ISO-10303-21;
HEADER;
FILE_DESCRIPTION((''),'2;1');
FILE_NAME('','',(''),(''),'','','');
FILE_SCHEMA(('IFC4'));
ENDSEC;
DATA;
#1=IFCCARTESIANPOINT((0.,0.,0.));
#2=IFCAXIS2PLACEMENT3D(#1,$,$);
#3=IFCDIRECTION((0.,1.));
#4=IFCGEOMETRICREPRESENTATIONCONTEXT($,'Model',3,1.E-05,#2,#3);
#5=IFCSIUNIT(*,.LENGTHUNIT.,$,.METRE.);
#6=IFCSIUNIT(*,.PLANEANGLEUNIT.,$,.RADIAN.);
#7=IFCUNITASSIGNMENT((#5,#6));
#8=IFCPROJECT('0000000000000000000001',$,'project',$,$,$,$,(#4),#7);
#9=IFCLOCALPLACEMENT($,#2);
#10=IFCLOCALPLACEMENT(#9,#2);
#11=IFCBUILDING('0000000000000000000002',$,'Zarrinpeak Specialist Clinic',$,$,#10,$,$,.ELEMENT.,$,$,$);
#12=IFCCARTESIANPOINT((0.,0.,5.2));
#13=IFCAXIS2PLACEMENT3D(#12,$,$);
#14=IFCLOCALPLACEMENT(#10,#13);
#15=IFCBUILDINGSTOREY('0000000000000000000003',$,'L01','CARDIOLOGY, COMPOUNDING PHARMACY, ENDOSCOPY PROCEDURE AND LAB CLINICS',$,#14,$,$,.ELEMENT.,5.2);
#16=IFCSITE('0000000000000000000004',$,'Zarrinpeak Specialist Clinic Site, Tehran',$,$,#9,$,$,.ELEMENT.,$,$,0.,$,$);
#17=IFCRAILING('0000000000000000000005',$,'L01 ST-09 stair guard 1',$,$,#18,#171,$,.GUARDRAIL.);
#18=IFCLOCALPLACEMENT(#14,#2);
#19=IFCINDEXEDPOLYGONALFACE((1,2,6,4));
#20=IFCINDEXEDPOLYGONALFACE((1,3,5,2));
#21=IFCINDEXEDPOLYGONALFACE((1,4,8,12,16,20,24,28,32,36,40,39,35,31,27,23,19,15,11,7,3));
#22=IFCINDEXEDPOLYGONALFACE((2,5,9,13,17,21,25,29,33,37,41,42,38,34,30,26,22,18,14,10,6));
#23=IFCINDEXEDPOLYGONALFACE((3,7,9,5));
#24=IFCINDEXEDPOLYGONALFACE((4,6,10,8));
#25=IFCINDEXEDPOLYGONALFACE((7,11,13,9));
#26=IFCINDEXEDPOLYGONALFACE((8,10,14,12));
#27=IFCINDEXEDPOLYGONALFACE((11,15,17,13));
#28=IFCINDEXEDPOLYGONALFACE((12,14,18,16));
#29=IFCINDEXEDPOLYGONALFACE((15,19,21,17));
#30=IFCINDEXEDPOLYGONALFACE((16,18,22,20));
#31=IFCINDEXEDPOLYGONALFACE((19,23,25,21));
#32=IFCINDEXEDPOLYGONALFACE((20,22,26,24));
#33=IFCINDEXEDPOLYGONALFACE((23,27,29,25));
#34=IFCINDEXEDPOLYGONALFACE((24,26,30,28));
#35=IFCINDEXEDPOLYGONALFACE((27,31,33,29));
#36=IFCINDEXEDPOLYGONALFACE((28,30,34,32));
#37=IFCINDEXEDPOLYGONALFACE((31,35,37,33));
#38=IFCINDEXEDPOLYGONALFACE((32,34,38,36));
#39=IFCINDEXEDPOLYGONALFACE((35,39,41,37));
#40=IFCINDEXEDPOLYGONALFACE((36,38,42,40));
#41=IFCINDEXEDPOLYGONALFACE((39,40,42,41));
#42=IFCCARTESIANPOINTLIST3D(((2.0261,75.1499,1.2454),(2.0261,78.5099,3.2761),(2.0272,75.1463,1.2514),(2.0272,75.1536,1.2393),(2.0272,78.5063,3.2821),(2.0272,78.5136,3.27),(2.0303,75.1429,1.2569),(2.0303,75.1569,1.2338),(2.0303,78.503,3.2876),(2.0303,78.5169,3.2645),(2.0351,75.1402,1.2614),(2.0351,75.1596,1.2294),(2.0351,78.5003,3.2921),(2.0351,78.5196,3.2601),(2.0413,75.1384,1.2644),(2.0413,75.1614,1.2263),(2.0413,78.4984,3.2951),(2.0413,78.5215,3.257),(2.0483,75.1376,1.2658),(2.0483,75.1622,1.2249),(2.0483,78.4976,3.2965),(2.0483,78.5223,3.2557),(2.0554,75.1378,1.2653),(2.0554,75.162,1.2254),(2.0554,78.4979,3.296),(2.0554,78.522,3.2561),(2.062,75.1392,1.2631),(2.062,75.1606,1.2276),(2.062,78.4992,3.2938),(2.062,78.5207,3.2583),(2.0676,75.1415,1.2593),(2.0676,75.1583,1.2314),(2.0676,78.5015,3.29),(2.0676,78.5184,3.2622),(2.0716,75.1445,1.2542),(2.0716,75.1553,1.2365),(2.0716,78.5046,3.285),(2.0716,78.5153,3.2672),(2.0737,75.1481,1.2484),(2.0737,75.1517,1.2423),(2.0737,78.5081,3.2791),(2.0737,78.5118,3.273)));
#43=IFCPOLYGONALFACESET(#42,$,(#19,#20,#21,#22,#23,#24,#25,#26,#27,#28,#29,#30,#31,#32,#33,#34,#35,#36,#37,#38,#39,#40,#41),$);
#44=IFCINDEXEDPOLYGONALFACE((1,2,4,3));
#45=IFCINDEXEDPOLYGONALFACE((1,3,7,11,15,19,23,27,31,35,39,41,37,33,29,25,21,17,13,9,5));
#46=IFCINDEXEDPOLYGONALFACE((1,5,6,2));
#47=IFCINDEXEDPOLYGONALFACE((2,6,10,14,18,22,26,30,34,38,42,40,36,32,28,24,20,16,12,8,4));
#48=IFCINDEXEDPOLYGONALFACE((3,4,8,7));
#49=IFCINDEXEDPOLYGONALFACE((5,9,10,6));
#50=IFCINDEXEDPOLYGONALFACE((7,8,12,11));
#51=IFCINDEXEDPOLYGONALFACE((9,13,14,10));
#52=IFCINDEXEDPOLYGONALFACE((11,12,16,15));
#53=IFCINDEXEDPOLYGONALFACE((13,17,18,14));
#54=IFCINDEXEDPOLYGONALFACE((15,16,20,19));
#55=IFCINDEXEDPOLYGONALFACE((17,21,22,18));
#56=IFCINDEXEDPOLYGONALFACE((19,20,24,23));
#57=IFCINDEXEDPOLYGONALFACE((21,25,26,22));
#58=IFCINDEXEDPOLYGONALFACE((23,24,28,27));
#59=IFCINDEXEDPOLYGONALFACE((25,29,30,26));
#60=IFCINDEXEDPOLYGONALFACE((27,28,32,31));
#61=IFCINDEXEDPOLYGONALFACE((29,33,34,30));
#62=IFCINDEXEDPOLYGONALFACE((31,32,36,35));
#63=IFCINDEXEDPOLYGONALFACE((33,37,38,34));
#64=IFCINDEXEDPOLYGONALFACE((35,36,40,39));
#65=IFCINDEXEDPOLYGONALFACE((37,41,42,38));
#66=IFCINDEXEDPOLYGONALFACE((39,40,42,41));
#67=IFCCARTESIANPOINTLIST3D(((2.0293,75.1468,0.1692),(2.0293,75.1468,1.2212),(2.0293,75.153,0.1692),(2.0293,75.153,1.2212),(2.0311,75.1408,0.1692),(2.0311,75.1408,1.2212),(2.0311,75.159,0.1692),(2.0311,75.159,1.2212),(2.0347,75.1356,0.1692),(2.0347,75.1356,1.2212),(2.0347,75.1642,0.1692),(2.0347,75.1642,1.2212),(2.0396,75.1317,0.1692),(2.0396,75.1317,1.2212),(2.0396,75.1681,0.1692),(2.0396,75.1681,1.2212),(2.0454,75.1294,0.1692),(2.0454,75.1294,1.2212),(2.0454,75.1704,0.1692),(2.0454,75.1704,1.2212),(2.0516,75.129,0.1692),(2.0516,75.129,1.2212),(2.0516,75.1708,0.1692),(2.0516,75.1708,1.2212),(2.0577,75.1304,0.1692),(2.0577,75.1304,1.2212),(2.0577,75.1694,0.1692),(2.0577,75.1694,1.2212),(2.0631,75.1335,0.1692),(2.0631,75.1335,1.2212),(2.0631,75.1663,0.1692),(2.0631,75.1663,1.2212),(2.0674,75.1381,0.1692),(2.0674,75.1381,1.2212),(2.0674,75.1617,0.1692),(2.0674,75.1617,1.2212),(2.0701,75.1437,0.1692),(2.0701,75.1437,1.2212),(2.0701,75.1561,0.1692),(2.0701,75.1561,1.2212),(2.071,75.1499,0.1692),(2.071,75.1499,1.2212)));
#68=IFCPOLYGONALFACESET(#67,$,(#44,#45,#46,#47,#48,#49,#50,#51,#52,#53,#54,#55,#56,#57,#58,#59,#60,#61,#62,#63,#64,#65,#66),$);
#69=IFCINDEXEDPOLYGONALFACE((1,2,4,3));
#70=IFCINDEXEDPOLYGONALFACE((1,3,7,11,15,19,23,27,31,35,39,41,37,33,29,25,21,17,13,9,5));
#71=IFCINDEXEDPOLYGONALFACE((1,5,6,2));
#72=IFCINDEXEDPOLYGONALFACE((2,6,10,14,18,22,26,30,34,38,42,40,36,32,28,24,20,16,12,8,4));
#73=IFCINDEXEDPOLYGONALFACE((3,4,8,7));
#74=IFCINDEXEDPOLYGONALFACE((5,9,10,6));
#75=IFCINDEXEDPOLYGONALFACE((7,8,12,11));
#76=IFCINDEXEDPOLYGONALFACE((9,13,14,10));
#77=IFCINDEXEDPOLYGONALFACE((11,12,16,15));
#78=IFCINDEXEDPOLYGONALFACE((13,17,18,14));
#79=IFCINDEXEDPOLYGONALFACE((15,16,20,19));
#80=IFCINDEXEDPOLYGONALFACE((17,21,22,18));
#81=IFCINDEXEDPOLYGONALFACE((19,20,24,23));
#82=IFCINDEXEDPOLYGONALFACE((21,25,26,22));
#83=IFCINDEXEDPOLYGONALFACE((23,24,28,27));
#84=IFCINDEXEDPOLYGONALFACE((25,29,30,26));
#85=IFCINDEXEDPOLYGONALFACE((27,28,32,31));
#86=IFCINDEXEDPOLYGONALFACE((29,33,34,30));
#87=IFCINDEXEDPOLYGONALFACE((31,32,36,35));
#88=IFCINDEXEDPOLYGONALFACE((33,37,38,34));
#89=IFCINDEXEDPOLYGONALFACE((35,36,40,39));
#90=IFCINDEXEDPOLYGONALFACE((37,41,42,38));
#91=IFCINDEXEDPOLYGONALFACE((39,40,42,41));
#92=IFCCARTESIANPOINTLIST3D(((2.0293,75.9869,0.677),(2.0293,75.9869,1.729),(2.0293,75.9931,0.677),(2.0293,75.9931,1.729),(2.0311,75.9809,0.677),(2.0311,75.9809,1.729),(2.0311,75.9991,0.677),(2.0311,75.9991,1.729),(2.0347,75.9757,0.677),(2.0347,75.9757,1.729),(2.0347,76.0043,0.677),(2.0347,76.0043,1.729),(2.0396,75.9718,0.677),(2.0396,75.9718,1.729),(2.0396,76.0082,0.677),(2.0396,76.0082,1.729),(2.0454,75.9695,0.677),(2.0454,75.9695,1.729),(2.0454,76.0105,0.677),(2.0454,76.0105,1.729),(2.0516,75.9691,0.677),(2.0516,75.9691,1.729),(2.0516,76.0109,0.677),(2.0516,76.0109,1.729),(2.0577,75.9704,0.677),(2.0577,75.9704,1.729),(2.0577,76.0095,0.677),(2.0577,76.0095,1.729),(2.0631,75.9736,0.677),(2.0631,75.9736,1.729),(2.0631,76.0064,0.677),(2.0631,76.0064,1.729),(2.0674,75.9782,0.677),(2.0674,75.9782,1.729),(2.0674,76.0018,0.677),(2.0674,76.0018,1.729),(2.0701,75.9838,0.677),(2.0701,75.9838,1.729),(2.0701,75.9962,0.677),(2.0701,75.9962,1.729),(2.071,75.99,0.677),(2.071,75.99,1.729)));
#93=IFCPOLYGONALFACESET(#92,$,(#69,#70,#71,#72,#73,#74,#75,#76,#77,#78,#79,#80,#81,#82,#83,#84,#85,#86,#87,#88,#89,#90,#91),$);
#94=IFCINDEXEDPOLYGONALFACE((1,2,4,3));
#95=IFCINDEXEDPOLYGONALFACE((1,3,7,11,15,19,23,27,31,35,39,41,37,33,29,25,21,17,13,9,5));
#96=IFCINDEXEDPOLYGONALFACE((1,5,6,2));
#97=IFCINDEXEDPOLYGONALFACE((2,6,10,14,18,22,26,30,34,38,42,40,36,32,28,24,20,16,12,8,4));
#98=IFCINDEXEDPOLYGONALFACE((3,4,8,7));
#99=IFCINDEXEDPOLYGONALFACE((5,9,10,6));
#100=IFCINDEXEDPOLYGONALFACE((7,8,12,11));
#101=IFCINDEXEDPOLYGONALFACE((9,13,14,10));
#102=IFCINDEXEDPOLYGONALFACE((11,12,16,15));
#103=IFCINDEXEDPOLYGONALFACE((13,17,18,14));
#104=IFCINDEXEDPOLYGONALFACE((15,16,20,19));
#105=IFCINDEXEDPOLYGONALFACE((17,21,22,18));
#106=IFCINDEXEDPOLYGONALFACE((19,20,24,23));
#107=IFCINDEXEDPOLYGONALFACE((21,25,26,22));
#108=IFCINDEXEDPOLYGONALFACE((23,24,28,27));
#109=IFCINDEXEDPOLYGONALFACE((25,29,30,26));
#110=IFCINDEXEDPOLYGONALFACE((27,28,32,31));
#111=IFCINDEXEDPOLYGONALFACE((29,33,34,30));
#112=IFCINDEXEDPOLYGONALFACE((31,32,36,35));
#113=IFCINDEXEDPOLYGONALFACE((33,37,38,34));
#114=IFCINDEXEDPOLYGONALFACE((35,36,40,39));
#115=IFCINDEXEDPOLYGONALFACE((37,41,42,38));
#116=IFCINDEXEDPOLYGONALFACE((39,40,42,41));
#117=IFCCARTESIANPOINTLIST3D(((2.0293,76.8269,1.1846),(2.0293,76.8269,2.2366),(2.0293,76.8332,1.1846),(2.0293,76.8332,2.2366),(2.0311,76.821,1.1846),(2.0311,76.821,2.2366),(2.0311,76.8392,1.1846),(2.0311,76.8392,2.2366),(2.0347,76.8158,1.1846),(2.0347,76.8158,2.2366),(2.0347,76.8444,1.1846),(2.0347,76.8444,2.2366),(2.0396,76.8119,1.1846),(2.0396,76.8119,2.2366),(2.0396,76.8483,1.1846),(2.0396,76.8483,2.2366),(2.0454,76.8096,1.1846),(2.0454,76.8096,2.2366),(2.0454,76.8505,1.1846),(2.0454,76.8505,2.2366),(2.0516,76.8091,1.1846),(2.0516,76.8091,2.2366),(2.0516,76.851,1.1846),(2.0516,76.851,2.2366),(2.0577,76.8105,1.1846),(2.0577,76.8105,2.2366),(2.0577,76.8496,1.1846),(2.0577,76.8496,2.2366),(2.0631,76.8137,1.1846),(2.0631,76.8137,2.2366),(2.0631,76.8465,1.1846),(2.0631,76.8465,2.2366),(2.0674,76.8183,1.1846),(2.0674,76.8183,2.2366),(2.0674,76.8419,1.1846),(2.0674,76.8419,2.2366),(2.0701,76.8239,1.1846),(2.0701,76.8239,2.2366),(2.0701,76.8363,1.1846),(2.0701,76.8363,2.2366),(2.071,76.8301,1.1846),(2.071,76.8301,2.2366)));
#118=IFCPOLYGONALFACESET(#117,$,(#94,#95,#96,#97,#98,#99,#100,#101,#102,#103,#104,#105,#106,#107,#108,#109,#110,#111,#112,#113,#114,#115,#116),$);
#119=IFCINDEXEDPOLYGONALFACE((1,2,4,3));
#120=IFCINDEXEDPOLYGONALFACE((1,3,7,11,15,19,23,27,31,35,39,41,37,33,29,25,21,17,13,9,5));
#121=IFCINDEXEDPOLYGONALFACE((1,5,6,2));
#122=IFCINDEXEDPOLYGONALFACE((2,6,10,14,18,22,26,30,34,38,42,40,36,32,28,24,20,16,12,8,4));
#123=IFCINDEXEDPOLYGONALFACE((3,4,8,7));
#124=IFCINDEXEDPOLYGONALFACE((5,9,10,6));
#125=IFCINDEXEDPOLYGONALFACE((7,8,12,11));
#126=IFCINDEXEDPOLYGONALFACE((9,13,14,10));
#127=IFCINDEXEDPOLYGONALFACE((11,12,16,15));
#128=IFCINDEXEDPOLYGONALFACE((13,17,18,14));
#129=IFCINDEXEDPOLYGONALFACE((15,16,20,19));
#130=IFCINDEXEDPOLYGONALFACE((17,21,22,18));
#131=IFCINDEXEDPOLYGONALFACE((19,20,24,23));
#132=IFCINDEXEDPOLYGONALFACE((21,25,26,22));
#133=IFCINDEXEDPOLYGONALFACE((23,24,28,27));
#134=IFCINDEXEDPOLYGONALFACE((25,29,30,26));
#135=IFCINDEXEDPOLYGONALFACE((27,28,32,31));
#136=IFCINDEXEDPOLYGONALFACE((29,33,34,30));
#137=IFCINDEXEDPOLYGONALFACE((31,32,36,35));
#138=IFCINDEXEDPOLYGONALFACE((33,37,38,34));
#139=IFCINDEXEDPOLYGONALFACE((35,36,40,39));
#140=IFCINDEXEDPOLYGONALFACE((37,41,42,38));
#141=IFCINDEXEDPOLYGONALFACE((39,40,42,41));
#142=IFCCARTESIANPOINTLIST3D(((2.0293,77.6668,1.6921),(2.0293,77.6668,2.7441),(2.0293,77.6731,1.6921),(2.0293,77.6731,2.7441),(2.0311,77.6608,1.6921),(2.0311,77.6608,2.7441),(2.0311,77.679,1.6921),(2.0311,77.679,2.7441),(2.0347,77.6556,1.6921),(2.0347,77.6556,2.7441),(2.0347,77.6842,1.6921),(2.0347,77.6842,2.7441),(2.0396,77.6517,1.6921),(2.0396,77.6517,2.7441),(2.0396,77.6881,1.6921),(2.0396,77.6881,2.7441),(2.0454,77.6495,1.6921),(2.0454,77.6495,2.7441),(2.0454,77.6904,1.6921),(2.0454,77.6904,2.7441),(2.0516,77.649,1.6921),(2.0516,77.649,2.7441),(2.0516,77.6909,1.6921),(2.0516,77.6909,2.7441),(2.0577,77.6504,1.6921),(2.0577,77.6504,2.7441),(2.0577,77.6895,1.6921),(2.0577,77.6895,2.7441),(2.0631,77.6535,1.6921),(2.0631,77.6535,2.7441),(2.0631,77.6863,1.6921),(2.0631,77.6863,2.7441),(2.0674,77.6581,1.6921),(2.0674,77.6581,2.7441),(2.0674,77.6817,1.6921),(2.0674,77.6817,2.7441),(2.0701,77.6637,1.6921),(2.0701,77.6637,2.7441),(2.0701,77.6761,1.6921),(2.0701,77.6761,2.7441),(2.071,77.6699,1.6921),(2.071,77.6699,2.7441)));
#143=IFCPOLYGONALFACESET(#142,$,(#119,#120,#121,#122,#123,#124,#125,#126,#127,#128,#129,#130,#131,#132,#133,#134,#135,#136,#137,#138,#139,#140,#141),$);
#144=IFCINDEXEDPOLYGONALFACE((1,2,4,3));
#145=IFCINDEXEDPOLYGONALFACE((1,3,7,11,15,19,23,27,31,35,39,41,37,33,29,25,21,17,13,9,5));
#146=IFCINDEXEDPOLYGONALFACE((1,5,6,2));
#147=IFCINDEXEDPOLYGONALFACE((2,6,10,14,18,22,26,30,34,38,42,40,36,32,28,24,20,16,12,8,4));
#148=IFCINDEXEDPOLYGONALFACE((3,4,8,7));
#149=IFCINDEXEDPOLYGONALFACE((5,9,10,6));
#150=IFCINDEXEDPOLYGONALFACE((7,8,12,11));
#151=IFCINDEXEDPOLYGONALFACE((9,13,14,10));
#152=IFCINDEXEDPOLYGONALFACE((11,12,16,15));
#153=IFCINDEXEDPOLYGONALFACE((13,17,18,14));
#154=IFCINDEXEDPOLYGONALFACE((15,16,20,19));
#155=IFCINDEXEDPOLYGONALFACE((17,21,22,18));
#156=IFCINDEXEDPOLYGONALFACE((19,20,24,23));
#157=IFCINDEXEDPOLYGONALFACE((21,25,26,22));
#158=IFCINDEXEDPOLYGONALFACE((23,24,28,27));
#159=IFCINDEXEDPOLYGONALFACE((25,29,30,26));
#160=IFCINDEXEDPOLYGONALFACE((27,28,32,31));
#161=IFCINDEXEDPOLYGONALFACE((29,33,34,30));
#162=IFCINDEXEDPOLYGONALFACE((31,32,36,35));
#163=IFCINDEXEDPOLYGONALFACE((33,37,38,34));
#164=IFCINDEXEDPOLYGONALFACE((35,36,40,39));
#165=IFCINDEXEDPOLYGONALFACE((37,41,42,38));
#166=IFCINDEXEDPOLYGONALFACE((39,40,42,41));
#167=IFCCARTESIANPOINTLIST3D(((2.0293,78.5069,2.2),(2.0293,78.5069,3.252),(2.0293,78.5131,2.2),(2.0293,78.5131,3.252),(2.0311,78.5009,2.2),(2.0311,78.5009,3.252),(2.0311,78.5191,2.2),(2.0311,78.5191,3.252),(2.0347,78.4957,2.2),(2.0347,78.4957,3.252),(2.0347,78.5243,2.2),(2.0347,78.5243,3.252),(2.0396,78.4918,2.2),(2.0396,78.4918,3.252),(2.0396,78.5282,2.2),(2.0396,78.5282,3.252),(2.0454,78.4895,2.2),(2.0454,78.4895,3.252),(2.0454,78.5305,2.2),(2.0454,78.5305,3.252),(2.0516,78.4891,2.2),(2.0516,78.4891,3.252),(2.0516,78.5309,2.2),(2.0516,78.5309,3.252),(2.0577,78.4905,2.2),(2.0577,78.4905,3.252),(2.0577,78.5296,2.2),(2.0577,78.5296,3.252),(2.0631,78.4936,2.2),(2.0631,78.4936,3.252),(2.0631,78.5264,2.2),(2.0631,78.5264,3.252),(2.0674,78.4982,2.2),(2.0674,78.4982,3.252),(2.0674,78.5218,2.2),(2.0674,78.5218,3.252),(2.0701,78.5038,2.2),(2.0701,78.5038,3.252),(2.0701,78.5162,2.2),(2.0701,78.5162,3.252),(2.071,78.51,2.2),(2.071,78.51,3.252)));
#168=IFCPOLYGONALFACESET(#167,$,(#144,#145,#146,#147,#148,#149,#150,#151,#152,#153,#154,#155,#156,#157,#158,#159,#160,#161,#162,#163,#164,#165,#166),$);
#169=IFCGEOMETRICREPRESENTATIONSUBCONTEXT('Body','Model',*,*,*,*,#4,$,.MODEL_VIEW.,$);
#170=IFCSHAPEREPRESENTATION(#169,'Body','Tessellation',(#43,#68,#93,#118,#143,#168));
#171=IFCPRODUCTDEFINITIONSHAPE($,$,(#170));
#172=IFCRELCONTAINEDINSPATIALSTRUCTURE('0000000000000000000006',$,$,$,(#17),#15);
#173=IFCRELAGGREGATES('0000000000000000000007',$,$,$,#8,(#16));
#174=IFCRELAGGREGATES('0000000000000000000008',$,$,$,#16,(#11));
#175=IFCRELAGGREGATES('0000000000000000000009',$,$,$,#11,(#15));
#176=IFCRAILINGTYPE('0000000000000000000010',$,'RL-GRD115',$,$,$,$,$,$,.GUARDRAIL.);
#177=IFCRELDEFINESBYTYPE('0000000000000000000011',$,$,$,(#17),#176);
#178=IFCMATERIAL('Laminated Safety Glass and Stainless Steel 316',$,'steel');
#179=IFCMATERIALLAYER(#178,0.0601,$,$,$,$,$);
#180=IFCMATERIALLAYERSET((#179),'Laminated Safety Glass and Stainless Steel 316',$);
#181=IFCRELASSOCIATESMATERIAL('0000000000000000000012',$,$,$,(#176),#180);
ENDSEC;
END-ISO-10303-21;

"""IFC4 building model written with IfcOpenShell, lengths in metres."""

from ifc_helpers import new_model, si_unit, direction, frame, origin, origin_2d, place, context, subcontext, project, spatial, circle, extrude, material, layer, layer_set, type_object, element, save


model = new_model("IFC4")

# Units and contexts
model_context = context("Model", 3, precision=1e-05, world=origin(), true_north=direction((0.0, 1.0)))
body_context = subcontext(model_context, "Body", "Model", "MODEL_VIEW")
ifc_project = project(units=[si_unit("LENGTHUNIT", "METRE"), si_unit("PLANEANGLEUNIT", "RADIAN")], contexts=[model_context])

# Site, building, storey
site_placement = place(None, origin())
site = spatial("IfcSite", under=ifc_project, at=site_placement, Name="Zarrinpeak Specialist Clinic Site, Tehran", CompositionType="ELEMENT", RefElevation=0.0)
building_placement = place(site_placement, origin())
building = spatial("IfcBuilding", under=site, at=building_placement, Name="Zarrinpeak Specialist Clinic", CompositionType="ELEMENT")
storey_placement = place(building_placement, frame((0.0, 0.0, 5.2)))
storey = spatial("IfcBuildingStorey", under=building, at=storey_placement, Name="L01", Description="CARDIOLOGY, COMPOUNDING PHARMACY, ENDOSCOPY PROCEDURE AND LAB CLINICS", CompositionType="ELEMENT", Elevation=5.2)

# Railing
ifc_material_1 = material(Name="Laminated Safety Glass and Stainless Steel 316", Category="steel")
ifc_layer_1 = layer(ifc_material_1, 0.0601)
ifc_layer_set_1 = layer_set([ifc_layer_1], Name="Laminated Safety Glass and Stainless Steel 316")
railing_type_1 = type_object("IfcRailingType", Name="RL-GRD115", PredefinedType="GUARDRAIL", material=ifc_layer_set_1)
railing_1_placement = place(storey_placement, frame((2.05, 75.1499, 0.1692)))
element("IfcRailing", 1, at=railing_1_placement, inside=storey, type_object=railing_type_1, Name="L01 ST-09 stair guard 1", PredefinedType="GUARDRAIL", context=body_context, shape_type="SweptSolid", body=[
    extrude(circle(Radius=0.0239, at=origin_2d()), frame((0.0, 0.0, 1.0762), z_axis=(0.0, 0.855837, 0.517246), x_axis=(-1.0, 0.0, 0.0)), (0.0, 0.0, 1.0), 3.926),
    extrude(circle(Radius=0.021, at=origin_2d()), origin(), (0.0, 0.0, 1.0), 1.052),
    extrude(circle(Radius=0.021, at=origin_2d()), frame((0.0, 0.8401, 0.5078)), (0.0, 0.0, 1.0), 1.052),
    extrude(circle(Radius=0.021, at=origin_2d()), frame((0.0, 1.6802, 1.0154)), (0.0, 0.0, 1.0), 1.052),
    extrude(circle(Radius=0.021, at=origin_2d()), frame((0.0, 2.52, 1.5229)), (0.0, 0.0, 1.0), 1.052),
    extrude(circle(Radius=0.021, at=origin_2d()), frame((0.0, 3.3601, 2.0308)), (0.0, 0.0, 1.0), 1.052),
])

save(model, "model.ifc")
